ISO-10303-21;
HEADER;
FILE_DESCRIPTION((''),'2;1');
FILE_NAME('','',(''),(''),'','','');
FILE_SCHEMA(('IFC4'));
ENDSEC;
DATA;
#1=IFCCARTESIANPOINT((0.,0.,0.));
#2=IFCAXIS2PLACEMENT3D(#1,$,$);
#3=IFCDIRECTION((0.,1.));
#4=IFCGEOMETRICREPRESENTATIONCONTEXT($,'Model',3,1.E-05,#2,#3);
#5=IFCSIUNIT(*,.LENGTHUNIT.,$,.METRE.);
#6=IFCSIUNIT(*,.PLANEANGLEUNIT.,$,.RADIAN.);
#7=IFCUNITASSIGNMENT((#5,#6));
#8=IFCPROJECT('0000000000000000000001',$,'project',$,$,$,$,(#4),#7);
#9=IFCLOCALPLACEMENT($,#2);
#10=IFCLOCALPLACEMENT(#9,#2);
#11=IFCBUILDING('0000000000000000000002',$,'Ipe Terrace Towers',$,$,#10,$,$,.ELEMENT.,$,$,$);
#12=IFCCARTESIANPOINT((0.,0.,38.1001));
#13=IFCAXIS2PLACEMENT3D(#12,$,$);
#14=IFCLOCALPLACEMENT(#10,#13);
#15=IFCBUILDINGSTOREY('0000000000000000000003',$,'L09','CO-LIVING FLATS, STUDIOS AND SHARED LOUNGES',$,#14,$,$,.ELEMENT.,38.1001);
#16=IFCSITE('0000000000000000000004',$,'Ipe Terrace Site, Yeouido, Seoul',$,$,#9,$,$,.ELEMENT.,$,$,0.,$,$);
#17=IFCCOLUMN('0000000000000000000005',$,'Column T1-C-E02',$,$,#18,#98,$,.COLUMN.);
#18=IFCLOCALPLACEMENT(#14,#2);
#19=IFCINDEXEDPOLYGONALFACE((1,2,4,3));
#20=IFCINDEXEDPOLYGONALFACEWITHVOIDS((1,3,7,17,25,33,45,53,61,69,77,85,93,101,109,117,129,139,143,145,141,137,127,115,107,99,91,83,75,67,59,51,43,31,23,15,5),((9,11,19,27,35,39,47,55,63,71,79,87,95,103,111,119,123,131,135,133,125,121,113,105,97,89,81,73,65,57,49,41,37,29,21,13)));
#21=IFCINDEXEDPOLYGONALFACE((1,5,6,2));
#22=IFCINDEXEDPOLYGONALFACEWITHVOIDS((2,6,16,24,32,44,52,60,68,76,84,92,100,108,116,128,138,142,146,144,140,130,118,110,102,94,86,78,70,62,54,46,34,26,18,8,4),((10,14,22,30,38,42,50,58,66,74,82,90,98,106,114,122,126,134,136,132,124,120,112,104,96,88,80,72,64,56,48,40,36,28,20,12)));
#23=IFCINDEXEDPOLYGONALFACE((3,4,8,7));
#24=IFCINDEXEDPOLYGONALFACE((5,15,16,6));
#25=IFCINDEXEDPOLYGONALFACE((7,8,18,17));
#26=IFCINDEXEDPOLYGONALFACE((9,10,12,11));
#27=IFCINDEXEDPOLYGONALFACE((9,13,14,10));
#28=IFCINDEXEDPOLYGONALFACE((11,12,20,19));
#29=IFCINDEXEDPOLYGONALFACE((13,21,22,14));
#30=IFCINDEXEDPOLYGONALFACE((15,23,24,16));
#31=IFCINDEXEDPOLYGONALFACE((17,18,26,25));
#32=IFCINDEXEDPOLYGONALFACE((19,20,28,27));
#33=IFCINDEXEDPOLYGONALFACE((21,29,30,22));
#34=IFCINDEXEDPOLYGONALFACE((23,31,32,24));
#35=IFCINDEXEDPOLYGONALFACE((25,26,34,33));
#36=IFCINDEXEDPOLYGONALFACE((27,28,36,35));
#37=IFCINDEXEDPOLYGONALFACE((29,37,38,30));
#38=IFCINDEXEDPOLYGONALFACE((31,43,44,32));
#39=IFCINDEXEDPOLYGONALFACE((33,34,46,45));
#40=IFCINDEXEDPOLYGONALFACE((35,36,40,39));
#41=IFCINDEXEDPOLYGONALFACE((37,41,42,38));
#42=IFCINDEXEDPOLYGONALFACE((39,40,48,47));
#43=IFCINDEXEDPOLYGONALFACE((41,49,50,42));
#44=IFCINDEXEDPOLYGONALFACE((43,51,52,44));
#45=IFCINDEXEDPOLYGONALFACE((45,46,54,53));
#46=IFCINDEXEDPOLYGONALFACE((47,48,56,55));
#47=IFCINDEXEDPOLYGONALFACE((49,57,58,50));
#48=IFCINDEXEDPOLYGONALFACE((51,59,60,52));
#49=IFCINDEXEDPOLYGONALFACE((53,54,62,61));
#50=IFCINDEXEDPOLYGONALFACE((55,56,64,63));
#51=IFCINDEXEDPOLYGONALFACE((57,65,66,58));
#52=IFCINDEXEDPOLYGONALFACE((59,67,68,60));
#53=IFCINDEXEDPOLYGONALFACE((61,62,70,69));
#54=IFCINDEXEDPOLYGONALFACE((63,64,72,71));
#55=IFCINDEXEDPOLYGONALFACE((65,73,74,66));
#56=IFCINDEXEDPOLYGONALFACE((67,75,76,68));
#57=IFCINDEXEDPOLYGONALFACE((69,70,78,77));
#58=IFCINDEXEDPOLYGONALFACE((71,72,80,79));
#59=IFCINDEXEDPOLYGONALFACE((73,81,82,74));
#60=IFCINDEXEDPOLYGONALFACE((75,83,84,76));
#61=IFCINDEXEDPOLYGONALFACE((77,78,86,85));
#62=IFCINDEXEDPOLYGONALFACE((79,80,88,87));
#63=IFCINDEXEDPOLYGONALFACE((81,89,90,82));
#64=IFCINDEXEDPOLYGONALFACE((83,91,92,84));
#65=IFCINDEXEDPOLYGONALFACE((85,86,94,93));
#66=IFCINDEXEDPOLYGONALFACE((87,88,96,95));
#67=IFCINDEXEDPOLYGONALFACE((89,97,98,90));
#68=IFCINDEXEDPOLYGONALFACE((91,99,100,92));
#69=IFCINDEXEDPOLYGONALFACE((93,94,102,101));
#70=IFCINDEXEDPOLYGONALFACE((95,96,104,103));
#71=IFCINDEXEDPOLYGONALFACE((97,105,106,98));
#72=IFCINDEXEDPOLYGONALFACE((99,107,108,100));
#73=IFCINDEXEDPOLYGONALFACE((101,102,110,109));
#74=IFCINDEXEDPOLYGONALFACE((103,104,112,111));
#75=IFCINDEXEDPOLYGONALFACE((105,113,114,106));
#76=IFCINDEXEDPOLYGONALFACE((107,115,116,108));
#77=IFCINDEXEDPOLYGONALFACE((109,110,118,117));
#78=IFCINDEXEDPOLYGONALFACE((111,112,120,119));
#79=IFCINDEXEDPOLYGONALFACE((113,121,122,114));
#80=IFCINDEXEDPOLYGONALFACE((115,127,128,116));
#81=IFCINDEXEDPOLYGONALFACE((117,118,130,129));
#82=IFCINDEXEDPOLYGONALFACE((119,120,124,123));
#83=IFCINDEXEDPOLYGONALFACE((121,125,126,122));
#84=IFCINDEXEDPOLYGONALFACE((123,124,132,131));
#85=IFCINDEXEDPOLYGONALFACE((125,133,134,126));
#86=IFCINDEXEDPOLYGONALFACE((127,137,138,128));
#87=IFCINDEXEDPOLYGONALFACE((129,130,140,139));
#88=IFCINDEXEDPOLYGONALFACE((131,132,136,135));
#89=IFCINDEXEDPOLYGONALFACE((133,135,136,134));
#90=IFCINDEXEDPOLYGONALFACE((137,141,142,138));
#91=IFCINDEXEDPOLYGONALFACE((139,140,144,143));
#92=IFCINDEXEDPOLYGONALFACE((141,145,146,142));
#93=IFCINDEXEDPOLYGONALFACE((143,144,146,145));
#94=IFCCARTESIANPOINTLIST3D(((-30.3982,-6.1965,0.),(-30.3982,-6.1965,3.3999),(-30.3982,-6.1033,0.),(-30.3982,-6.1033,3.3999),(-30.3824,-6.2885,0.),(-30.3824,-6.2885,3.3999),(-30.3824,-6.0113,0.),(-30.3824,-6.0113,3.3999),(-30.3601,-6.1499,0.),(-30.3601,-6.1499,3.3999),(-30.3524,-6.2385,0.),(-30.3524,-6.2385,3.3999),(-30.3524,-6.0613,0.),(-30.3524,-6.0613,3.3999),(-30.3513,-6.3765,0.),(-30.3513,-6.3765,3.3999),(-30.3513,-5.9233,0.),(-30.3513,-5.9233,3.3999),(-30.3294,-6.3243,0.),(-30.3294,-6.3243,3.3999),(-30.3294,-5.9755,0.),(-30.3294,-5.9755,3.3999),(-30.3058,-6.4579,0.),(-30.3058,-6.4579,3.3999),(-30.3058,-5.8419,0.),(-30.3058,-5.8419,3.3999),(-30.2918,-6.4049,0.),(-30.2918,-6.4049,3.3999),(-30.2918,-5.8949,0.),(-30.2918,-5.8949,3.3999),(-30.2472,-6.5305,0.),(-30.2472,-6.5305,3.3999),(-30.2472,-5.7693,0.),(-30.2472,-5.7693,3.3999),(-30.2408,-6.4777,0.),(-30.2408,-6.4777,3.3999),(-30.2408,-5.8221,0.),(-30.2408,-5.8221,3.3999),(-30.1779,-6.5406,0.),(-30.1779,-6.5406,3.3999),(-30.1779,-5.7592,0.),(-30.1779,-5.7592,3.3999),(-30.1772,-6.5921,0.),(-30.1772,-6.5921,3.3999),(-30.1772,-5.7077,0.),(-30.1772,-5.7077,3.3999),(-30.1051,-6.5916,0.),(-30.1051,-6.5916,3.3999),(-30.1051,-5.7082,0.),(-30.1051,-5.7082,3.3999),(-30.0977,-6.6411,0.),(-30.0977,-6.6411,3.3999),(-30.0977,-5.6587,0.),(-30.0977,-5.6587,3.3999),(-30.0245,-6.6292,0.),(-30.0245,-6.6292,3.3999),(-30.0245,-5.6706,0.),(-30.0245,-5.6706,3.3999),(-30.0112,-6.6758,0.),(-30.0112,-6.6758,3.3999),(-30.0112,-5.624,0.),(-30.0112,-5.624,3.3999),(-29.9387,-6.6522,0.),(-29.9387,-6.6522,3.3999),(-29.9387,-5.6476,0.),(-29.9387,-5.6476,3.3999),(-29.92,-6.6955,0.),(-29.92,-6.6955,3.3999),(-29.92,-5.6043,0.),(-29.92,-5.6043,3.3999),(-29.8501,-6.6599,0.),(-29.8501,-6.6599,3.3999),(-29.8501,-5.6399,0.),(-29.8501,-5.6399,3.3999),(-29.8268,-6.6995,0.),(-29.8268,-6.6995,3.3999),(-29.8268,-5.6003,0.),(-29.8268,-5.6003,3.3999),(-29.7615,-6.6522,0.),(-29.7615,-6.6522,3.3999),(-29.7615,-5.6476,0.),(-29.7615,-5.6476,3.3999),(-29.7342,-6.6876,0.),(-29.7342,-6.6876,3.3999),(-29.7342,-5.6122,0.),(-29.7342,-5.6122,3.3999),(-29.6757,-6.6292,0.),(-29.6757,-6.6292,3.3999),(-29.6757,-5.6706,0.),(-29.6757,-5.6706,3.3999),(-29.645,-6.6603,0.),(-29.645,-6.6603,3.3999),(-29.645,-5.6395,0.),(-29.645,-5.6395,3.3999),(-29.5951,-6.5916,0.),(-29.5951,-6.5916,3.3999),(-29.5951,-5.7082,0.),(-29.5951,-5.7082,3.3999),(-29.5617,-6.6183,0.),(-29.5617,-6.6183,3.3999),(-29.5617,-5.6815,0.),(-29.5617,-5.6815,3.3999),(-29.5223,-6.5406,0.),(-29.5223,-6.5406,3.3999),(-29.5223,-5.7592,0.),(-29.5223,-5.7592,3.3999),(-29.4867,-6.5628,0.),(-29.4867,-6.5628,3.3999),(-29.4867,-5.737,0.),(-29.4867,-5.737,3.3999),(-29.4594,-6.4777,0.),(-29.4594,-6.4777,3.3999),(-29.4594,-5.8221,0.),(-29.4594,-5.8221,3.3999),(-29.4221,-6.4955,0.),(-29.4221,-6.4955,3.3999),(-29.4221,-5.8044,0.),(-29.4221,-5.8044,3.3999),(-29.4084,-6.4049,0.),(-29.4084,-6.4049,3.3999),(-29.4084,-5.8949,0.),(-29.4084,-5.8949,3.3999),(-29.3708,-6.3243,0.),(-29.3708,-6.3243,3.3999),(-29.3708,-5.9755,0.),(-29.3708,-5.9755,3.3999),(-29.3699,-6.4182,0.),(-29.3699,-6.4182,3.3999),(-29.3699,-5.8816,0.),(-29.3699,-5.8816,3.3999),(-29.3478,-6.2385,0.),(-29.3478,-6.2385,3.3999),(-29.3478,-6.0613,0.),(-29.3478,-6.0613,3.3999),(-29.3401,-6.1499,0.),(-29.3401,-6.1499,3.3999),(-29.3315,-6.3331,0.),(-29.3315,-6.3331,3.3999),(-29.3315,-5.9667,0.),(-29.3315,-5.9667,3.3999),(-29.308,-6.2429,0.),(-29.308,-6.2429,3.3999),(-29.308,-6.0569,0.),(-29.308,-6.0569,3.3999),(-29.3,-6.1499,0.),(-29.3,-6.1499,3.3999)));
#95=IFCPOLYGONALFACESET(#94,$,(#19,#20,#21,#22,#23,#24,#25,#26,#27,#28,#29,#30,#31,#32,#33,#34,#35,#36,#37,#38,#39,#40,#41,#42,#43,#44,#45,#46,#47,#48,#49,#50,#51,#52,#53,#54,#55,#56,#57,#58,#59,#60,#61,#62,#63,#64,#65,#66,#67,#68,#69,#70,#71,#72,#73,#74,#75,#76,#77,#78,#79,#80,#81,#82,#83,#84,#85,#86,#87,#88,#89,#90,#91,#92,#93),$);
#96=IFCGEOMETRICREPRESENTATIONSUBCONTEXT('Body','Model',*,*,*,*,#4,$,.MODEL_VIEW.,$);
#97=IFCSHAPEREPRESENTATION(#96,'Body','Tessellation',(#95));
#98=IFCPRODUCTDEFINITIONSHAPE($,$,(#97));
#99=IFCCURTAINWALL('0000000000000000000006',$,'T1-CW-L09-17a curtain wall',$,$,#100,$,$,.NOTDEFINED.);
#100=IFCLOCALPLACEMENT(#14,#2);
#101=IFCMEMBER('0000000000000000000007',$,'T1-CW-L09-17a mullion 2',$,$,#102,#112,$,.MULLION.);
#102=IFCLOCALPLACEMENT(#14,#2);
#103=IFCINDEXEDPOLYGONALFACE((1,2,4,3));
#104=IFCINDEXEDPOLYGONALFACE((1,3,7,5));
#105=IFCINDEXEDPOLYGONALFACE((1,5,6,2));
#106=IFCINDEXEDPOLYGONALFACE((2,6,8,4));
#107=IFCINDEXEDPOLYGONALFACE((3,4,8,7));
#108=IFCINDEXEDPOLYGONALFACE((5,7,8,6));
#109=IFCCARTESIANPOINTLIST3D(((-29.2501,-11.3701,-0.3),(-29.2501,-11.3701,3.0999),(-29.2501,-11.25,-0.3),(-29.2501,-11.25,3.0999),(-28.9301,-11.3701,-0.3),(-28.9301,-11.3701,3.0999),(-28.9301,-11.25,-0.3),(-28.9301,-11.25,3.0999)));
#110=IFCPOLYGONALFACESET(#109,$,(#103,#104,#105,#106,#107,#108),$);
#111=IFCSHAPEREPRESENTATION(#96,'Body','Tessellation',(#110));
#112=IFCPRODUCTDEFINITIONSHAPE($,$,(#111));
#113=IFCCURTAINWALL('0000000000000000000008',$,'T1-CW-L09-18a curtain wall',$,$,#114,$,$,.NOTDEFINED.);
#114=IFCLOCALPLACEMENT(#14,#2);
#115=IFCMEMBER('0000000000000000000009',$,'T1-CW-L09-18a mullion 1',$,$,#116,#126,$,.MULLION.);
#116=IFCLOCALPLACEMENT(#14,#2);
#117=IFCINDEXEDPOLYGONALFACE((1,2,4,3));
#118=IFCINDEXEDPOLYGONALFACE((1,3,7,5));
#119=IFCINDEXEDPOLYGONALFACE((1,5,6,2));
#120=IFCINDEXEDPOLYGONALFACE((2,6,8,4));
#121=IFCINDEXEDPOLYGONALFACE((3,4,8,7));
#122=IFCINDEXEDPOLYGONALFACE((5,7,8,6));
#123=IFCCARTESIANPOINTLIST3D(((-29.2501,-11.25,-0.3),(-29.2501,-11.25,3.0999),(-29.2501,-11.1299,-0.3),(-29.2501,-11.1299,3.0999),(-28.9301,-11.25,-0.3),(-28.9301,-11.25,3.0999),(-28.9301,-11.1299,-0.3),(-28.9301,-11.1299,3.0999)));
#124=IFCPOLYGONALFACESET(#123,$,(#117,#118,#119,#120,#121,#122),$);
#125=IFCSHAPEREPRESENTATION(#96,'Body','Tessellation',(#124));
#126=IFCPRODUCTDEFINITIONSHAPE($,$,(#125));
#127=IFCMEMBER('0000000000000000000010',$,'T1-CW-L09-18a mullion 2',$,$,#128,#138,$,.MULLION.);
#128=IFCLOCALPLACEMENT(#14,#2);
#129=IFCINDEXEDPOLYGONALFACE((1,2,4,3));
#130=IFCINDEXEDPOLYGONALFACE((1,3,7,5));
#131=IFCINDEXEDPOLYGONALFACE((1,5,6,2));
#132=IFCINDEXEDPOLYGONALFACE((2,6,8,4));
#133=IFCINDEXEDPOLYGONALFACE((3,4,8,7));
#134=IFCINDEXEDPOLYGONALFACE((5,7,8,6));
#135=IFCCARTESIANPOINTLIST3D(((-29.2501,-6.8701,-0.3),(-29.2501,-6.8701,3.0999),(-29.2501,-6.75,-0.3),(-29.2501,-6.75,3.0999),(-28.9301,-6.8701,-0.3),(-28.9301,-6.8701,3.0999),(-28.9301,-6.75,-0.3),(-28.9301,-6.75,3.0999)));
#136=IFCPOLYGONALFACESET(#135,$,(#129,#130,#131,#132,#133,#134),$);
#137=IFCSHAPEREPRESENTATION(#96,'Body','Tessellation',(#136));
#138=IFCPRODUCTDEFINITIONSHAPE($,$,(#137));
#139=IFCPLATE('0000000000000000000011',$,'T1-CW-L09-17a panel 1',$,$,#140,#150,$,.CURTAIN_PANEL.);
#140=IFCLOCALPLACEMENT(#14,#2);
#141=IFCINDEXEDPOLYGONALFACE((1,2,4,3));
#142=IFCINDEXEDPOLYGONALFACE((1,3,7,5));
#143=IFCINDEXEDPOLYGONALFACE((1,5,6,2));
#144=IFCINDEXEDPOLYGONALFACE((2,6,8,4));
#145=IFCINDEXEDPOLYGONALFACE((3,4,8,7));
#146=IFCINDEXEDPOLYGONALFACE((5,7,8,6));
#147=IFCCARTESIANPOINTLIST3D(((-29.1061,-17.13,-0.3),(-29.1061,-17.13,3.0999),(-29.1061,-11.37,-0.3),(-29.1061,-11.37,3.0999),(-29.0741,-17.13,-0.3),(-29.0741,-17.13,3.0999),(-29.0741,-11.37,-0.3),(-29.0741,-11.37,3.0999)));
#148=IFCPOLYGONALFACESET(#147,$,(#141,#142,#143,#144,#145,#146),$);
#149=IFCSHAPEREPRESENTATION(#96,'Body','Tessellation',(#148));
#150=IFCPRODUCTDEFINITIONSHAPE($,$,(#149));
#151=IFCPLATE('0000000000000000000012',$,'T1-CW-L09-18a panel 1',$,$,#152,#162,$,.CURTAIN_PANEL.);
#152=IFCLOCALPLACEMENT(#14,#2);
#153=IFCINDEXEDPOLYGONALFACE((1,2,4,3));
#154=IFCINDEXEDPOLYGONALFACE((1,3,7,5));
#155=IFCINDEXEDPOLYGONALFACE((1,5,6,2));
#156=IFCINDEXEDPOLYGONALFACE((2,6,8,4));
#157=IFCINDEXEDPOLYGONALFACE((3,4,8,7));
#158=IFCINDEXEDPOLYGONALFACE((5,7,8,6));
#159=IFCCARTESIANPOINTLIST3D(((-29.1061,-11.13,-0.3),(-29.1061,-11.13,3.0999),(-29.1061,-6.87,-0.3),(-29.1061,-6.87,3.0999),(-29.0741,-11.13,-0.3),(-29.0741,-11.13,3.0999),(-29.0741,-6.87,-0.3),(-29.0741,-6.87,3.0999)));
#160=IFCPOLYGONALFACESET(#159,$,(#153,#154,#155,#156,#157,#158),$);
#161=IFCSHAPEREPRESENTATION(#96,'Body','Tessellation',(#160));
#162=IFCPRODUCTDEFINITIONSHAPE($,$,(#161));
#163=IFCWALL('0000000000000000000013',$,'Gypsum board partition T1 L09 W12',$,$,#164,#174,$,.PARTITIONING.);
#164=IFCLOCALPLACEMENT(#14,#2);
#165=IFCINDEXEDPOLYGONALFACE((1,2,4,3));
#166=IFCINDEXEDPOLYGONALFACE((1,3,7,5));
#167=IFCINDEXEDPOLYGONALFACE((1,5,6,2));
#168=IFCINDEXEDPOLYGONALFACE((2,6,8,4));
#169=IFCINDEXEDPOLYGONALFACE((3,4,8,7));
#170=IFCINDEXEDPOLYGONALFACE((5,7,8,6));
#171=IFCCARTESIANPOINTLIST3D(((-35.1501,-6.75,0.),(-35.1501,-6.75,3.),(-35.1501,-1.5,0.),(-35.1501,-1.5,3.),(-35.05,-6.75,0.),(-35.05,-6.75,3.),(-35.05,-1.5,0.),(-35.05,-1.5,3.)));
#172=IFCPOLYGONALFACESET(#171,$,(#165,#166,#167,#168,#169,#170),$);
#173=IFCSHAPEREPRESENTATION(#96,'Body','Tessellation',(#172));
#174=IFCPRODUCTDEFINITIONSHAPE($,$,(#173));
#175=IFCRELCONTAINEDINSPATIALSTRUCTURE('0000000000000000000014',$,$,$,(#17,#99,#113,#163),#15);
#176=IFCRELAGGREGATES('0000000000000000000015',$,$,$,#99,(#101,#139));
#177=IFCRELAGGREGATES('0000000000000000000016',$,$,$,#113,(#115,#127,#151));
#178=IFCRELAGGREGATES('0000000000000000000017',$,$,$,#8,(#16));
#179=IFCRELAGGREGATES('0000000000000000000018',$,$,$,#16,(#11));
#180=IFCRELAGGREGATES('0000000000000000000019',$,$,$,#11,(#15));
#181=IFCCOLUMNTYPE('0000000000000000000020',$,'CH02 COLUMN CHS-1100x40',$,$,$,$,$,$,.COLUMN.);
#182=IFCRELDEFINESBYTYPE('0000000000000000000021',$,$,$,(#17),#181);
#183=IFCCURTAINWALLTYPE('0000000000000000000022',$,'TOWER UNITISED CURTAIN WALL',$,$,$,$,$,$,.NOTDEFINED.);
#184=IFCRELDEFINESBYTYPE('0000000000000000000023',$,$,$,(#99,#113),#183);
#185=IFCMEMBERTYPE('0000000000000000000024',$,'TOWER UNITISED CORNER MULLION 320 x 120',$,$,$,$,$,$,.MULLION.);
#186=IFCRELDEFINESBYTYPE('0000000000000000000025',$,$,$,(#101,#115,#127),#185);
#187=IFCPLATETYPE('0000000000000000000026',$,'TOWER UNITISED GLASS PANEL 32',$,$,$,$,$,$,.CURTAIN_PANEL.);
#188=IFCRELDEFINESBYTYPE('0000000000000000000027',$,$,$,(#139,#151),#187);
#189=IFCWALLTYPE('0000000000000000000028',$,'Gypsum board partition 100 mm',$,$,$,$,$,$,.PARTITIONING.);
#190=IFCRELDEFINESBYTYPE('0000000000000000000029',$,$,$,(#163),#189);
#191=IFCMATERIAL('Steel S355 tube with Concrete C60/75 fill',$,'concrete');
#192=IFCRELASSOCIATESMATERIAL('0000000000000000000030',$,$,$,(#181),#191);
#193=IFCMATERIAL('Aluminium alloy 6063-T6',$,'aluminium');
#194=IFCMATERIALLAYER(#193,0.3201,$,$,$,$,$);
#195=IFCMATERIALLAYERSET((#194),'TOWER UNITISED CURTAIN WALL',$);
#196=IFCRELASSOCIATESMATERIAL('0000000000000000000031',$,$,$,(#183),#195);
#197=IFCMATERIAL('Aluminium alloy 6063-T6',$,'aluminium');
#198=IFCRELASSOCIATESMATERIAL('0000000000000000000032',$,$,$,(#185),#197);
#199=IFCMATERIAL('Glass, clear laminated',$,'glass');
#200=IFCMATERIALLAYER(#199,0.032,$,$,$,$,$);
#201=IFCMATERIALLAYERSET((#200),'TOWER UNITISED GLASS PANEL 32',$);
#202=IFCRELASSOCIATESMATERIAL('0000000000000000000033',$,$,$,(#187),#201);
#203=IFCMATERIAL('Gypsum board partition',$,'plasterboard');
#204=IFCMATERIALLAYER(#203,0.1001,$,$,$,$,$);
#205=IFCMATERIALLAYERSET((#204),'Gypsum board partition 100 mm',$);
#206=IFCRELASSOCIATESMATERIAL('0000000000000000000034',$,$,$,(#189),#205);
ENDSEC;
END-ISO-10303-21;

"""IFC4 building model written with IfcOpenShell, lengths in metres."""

from ifc_helpers import new_model, si_unit, direction, frame, frame_2d, origin, origin_2d, place, context, subcontext, project, spatial, rectangle, hollow_circle, extrude, material, layer, layer_set, material_profile, profile_set, type_object, element, aggregate, save


model = new_model("IFC4")

# Units and contexts
model_context = context("Model", 3, precision=1e-05, world=origin(), true_north=direction((0.0, 1.0)))
body_context = subcontext(model_context, "Body", "Model", "MODEL_VIEW")
ifc_project = project(units=[si_unit("LENGTHUNIT", "METRE"), si_unit("PLANEANGLEUNIT", "RADIAN")], contexts=[model_context])

# Site, building, storey
site_placement = place(None, origin())
site = spatial("IfcSite", under=ifc_project, at=site_placement, Name="Ipe Terrace Site, Yeouido, Seoul", CompositionType="ELEMENT", RefElevation=0.0)
building_placement = place(site_placement, origin())
building = spatial("IfcBuilding", under=site, at=building_placement, Name="Ipe Terrace Towers", CompositionType="ELEMENT")
storey_placement = place(building_placement, frame((0.0, 0.0, 38.1001)))
storey = spatial("IfcBuildingStorey", under=building, at=storey_placement, Name="L09", Description="CO-LIVING FLATS, STUDIOS AND SHARED LOUNGES", CompositionType="ELEMENT", Elevation=38.1001)

# Column
ifc_material_1 = material(Name="Steel S355 tube with Concrete C60/75 fill", Category="concrete")
ifc_material_profile_1 = material_profile(ifc_material_1, hollow_circle(Radius=0.55, WallThickness=0.04, at=origin_2d()), Name="CHS-1100x40")
ifc_profile_set_1 = profile_set([ifc_material_profile_1], Name="Steel S355 tube with Concrete C60/75 fill")
column_type = type_object("IfcColumnType", Name="CH02 COLUMN CHS-1100x40", PredefinedType="COLUMN", material=ifc_profile_set_1)
column_placement = place(storey_placement, frame((-29.8501, -6.1499, 0.0), z_axis=(0.0, 0.0, 1.0), x_axis=(1.0, 0.0, 0.0)))
element("IfcColumn", 1, at=column_placement, inside=storey, type_object=column_type, Name="Column T1-C-E02", PredefinedType="COLUMN", context=body_context, shape_type="SweptSolid", body=[
    extrude(hollow_circle(Radius=0.55, WallThickness=0.04, at=origin_2d()), origin(), (0.0, 0.0, 1.0), 3.3999),
])

# Curtain wall, member
ifc_material_2 = material(Name="Aluminium alloy 6063-T6", Category="aluminium")
ifc_layer_1 = layer(ifc_material_2, 0.3201)
ifc_layer_set_1 = layer_set([ifc_layer_1], Name="TOWER UNITISED CURTAIN WALL")
curtain_wall_type = type_object("IfcCurtainWallType", Name="TOWER UNITISED CURTAIN WALL", PredefinedType="NOTDEFINED", material=ifc_layer_set_1)
curtain_wall_1_placement = place(storey_placement, origin())
curtain_wall_1 = element("IfcCurtainWall", 2, at=curtain_wall_1_placement, inside=storey, type_object=curtain_wall_type, Name="T1-CW-L09-17a curtain wall", PredefinedType="NOTDEFINED")
ifc_material_3 = material(Name="Aluminium alloy 6063-T6", Category="aluminium")
ifc_material_profile_2 = material_profile(ifc_material_3, rectangle(XDim=0.3201, YDim=0.1201, at=origin_2d()), Name="TOWER UNITISED CORNER MULLION 320 x 120")
ifc_profile_set_2 = profile_set([ifc_material_profile_2], Name="Aluminium alloy 6063-T6")
member_type = type_object("IfcMemberType", Name="TOWER UNITISED CORNER MULLION 320 x 120", PredefinedType="MULLION", material=ifc_profile_set_2)
member_1_placement = place(storey_placement, frame((-29.0901, -11.3101, -0.3), z_axis=(0.0, 0.0, 1.0), x_axis=(1.0, 0.0, 0.0)))
member_1 = element("IfcMember", 3, at=member_1_placement, type_object=member_type, Name="T1-CW-L09-17a mullion 2", PredefinedType="MULLION", context=body_context, shape_type="SweptSolid", body=[
    extrude(rectangle(XDim=0.3201, YDim=0.1201, at=origin_2d()), origin(), (0.0, 0.0, 1.0), 3.3999),
])

# Curtain wall, members
curtain_wall_2_placement = place(storey_placement, origin())
curtain_wall_2 = element("IfcCurtainWall", 4, at=curtain_wall_2_placement, inside=storey, type_object=curtain_wall_type, Name="T1-CW-L09-18a curtain wall", PredefinedType="NOTDEFINED")
member_2_placement = place(storey_placement, frame((-29.0901, -11.1899, -0.3), z_axis=(0.0, 0.0, 1.0), x_axis=(1.0, 0.0, 0.0)))
member_2 = element("IfcMember", 5, at=member_2_placement, type_object=member_type, Name="T1-CW-L09-18a mullion 1", PredefinedType="MULLION", context=body_context, shape_type="SweptSolid", body=[
    extrude(rectangle(XDim=0.3201, YDim=0.1201, at=origin_2d()), origin(), (0.0, 0.0, 1.0), 3.3999),
])
member_3_placement = place(storey_placement, frame((-29.0901, -6.8101, -0.3), z_axis=(0.0, 0.0, 1.0), x_axis=(1.0, 0.0, 0.0)))
member_3 = element("IfcMember", 6, at=member_3_placement, type_object=member_type, Name="T1-CW-L09-18a mullion 2", PredefinedType="MULLION", context=body_context, shape_type="SweptSolid", body=[
    extrude(rectangle(XDim=0.3201, YDim=0.1201, at=origin_2d()), origin(), (0.0, 0.0, 1.0), 3.3999),
])

# Plates
ifc_material_4 = material(Name="Glass, clear laminated", Category="glass")
ifc_layer_2 = layer(ifc_material_4, 0.032)
ifc_layer_set_2 = layer_set([ifc_layer_2], Name="TOWER UNITISED GLASS PANEL 32")
plate_type = type_object("IfcPlateType", Name="TOWER UNITISED GLASS PANEL 32", PredefinedType="CURTAIN_PANEL", material=ifc_layer_set_2)
plate_1_placement = place(storey_placement, frame((-29.0901, -14.25, -0.3), z_axis=(0.0, 0.0, 1.0), x_axis=(0.0, 1.0, 0.0)))
plate_1 = element("IfcPlate", 7, at=plate_1_placement, type_object=plate_type, Name="T1-CW-L09-17a panel 1", PredefinedType="CURTAIN_PANEL", context=body_context, shape_type="SweptSolid", body=[
    extrude(rectangle(XDim=5.76, YDim=0.032, at=origin_2d()), origin(), (0.0, 0.0, 1.0), 3.3999),
])
aggregate(curtain_wall_1, [member_1, plate_1])
plate_2_placement = place(storey_placement, frame((-29.0901, -9.0, -0.3), z_axis=(0.0, 0.0, 1.0), x_axis=(0.0, 1.0, 0.0)))
plate_2 = element("IfcPlate", 8, at=plate_2_placement, type_object=plate_type, Name="T1-CW-L09-18a panel 1", PredefinedType="CURTAIN_PANEL", context=body_context, shape_type="SweptSolid", body=[
    extrude(rectangle(XDim=4.26, YDim=0.032, at=origin_2d()), origin(), (0.0, 0.0, 1.0), 3.3999),
])
aggregate(curtain_wall_2, [member_2, member_3, plate_2])

# Wall
ifc_material_5 = material(Name="Gypsum board partition", Category="plasterboard")
ifc_layer_3 = layer(ifc_material_5, 0.1001)
ifc_layer_set_3 = layer_set([ifc_layer_3], Name="Gypsum board partition 100 mm")
wall_type_1 = type_object("IfcWallType", Name="Gypsum board partition 100 mm", PredefinedType="PARTITIONING", material=ifc_layer_set_3)
wall_1_placement = place(storey_placement, frame((-35.1001, -6.75, 0.0), z_axis=(0.0, 0.0, 1.0), x_axis=(0.0, 1.0, 0.0)))
element("IfcWall", 9, at=wall_1_placement, inside=storey, type_object=wall_type_1, Name="Gypsum board partition T1 L09 W12", PredefinedType="PARTITIONING", context=body_context, shape_type="SweptSolid", body=[
    extrude(rectangle(XDim=5.25, YDim=0.1001, at=frame_2d((2.625, 0.0))), origin(), (0.0, 0.0, 1.0), 3.0),
])

save(model, "model.ifc")
